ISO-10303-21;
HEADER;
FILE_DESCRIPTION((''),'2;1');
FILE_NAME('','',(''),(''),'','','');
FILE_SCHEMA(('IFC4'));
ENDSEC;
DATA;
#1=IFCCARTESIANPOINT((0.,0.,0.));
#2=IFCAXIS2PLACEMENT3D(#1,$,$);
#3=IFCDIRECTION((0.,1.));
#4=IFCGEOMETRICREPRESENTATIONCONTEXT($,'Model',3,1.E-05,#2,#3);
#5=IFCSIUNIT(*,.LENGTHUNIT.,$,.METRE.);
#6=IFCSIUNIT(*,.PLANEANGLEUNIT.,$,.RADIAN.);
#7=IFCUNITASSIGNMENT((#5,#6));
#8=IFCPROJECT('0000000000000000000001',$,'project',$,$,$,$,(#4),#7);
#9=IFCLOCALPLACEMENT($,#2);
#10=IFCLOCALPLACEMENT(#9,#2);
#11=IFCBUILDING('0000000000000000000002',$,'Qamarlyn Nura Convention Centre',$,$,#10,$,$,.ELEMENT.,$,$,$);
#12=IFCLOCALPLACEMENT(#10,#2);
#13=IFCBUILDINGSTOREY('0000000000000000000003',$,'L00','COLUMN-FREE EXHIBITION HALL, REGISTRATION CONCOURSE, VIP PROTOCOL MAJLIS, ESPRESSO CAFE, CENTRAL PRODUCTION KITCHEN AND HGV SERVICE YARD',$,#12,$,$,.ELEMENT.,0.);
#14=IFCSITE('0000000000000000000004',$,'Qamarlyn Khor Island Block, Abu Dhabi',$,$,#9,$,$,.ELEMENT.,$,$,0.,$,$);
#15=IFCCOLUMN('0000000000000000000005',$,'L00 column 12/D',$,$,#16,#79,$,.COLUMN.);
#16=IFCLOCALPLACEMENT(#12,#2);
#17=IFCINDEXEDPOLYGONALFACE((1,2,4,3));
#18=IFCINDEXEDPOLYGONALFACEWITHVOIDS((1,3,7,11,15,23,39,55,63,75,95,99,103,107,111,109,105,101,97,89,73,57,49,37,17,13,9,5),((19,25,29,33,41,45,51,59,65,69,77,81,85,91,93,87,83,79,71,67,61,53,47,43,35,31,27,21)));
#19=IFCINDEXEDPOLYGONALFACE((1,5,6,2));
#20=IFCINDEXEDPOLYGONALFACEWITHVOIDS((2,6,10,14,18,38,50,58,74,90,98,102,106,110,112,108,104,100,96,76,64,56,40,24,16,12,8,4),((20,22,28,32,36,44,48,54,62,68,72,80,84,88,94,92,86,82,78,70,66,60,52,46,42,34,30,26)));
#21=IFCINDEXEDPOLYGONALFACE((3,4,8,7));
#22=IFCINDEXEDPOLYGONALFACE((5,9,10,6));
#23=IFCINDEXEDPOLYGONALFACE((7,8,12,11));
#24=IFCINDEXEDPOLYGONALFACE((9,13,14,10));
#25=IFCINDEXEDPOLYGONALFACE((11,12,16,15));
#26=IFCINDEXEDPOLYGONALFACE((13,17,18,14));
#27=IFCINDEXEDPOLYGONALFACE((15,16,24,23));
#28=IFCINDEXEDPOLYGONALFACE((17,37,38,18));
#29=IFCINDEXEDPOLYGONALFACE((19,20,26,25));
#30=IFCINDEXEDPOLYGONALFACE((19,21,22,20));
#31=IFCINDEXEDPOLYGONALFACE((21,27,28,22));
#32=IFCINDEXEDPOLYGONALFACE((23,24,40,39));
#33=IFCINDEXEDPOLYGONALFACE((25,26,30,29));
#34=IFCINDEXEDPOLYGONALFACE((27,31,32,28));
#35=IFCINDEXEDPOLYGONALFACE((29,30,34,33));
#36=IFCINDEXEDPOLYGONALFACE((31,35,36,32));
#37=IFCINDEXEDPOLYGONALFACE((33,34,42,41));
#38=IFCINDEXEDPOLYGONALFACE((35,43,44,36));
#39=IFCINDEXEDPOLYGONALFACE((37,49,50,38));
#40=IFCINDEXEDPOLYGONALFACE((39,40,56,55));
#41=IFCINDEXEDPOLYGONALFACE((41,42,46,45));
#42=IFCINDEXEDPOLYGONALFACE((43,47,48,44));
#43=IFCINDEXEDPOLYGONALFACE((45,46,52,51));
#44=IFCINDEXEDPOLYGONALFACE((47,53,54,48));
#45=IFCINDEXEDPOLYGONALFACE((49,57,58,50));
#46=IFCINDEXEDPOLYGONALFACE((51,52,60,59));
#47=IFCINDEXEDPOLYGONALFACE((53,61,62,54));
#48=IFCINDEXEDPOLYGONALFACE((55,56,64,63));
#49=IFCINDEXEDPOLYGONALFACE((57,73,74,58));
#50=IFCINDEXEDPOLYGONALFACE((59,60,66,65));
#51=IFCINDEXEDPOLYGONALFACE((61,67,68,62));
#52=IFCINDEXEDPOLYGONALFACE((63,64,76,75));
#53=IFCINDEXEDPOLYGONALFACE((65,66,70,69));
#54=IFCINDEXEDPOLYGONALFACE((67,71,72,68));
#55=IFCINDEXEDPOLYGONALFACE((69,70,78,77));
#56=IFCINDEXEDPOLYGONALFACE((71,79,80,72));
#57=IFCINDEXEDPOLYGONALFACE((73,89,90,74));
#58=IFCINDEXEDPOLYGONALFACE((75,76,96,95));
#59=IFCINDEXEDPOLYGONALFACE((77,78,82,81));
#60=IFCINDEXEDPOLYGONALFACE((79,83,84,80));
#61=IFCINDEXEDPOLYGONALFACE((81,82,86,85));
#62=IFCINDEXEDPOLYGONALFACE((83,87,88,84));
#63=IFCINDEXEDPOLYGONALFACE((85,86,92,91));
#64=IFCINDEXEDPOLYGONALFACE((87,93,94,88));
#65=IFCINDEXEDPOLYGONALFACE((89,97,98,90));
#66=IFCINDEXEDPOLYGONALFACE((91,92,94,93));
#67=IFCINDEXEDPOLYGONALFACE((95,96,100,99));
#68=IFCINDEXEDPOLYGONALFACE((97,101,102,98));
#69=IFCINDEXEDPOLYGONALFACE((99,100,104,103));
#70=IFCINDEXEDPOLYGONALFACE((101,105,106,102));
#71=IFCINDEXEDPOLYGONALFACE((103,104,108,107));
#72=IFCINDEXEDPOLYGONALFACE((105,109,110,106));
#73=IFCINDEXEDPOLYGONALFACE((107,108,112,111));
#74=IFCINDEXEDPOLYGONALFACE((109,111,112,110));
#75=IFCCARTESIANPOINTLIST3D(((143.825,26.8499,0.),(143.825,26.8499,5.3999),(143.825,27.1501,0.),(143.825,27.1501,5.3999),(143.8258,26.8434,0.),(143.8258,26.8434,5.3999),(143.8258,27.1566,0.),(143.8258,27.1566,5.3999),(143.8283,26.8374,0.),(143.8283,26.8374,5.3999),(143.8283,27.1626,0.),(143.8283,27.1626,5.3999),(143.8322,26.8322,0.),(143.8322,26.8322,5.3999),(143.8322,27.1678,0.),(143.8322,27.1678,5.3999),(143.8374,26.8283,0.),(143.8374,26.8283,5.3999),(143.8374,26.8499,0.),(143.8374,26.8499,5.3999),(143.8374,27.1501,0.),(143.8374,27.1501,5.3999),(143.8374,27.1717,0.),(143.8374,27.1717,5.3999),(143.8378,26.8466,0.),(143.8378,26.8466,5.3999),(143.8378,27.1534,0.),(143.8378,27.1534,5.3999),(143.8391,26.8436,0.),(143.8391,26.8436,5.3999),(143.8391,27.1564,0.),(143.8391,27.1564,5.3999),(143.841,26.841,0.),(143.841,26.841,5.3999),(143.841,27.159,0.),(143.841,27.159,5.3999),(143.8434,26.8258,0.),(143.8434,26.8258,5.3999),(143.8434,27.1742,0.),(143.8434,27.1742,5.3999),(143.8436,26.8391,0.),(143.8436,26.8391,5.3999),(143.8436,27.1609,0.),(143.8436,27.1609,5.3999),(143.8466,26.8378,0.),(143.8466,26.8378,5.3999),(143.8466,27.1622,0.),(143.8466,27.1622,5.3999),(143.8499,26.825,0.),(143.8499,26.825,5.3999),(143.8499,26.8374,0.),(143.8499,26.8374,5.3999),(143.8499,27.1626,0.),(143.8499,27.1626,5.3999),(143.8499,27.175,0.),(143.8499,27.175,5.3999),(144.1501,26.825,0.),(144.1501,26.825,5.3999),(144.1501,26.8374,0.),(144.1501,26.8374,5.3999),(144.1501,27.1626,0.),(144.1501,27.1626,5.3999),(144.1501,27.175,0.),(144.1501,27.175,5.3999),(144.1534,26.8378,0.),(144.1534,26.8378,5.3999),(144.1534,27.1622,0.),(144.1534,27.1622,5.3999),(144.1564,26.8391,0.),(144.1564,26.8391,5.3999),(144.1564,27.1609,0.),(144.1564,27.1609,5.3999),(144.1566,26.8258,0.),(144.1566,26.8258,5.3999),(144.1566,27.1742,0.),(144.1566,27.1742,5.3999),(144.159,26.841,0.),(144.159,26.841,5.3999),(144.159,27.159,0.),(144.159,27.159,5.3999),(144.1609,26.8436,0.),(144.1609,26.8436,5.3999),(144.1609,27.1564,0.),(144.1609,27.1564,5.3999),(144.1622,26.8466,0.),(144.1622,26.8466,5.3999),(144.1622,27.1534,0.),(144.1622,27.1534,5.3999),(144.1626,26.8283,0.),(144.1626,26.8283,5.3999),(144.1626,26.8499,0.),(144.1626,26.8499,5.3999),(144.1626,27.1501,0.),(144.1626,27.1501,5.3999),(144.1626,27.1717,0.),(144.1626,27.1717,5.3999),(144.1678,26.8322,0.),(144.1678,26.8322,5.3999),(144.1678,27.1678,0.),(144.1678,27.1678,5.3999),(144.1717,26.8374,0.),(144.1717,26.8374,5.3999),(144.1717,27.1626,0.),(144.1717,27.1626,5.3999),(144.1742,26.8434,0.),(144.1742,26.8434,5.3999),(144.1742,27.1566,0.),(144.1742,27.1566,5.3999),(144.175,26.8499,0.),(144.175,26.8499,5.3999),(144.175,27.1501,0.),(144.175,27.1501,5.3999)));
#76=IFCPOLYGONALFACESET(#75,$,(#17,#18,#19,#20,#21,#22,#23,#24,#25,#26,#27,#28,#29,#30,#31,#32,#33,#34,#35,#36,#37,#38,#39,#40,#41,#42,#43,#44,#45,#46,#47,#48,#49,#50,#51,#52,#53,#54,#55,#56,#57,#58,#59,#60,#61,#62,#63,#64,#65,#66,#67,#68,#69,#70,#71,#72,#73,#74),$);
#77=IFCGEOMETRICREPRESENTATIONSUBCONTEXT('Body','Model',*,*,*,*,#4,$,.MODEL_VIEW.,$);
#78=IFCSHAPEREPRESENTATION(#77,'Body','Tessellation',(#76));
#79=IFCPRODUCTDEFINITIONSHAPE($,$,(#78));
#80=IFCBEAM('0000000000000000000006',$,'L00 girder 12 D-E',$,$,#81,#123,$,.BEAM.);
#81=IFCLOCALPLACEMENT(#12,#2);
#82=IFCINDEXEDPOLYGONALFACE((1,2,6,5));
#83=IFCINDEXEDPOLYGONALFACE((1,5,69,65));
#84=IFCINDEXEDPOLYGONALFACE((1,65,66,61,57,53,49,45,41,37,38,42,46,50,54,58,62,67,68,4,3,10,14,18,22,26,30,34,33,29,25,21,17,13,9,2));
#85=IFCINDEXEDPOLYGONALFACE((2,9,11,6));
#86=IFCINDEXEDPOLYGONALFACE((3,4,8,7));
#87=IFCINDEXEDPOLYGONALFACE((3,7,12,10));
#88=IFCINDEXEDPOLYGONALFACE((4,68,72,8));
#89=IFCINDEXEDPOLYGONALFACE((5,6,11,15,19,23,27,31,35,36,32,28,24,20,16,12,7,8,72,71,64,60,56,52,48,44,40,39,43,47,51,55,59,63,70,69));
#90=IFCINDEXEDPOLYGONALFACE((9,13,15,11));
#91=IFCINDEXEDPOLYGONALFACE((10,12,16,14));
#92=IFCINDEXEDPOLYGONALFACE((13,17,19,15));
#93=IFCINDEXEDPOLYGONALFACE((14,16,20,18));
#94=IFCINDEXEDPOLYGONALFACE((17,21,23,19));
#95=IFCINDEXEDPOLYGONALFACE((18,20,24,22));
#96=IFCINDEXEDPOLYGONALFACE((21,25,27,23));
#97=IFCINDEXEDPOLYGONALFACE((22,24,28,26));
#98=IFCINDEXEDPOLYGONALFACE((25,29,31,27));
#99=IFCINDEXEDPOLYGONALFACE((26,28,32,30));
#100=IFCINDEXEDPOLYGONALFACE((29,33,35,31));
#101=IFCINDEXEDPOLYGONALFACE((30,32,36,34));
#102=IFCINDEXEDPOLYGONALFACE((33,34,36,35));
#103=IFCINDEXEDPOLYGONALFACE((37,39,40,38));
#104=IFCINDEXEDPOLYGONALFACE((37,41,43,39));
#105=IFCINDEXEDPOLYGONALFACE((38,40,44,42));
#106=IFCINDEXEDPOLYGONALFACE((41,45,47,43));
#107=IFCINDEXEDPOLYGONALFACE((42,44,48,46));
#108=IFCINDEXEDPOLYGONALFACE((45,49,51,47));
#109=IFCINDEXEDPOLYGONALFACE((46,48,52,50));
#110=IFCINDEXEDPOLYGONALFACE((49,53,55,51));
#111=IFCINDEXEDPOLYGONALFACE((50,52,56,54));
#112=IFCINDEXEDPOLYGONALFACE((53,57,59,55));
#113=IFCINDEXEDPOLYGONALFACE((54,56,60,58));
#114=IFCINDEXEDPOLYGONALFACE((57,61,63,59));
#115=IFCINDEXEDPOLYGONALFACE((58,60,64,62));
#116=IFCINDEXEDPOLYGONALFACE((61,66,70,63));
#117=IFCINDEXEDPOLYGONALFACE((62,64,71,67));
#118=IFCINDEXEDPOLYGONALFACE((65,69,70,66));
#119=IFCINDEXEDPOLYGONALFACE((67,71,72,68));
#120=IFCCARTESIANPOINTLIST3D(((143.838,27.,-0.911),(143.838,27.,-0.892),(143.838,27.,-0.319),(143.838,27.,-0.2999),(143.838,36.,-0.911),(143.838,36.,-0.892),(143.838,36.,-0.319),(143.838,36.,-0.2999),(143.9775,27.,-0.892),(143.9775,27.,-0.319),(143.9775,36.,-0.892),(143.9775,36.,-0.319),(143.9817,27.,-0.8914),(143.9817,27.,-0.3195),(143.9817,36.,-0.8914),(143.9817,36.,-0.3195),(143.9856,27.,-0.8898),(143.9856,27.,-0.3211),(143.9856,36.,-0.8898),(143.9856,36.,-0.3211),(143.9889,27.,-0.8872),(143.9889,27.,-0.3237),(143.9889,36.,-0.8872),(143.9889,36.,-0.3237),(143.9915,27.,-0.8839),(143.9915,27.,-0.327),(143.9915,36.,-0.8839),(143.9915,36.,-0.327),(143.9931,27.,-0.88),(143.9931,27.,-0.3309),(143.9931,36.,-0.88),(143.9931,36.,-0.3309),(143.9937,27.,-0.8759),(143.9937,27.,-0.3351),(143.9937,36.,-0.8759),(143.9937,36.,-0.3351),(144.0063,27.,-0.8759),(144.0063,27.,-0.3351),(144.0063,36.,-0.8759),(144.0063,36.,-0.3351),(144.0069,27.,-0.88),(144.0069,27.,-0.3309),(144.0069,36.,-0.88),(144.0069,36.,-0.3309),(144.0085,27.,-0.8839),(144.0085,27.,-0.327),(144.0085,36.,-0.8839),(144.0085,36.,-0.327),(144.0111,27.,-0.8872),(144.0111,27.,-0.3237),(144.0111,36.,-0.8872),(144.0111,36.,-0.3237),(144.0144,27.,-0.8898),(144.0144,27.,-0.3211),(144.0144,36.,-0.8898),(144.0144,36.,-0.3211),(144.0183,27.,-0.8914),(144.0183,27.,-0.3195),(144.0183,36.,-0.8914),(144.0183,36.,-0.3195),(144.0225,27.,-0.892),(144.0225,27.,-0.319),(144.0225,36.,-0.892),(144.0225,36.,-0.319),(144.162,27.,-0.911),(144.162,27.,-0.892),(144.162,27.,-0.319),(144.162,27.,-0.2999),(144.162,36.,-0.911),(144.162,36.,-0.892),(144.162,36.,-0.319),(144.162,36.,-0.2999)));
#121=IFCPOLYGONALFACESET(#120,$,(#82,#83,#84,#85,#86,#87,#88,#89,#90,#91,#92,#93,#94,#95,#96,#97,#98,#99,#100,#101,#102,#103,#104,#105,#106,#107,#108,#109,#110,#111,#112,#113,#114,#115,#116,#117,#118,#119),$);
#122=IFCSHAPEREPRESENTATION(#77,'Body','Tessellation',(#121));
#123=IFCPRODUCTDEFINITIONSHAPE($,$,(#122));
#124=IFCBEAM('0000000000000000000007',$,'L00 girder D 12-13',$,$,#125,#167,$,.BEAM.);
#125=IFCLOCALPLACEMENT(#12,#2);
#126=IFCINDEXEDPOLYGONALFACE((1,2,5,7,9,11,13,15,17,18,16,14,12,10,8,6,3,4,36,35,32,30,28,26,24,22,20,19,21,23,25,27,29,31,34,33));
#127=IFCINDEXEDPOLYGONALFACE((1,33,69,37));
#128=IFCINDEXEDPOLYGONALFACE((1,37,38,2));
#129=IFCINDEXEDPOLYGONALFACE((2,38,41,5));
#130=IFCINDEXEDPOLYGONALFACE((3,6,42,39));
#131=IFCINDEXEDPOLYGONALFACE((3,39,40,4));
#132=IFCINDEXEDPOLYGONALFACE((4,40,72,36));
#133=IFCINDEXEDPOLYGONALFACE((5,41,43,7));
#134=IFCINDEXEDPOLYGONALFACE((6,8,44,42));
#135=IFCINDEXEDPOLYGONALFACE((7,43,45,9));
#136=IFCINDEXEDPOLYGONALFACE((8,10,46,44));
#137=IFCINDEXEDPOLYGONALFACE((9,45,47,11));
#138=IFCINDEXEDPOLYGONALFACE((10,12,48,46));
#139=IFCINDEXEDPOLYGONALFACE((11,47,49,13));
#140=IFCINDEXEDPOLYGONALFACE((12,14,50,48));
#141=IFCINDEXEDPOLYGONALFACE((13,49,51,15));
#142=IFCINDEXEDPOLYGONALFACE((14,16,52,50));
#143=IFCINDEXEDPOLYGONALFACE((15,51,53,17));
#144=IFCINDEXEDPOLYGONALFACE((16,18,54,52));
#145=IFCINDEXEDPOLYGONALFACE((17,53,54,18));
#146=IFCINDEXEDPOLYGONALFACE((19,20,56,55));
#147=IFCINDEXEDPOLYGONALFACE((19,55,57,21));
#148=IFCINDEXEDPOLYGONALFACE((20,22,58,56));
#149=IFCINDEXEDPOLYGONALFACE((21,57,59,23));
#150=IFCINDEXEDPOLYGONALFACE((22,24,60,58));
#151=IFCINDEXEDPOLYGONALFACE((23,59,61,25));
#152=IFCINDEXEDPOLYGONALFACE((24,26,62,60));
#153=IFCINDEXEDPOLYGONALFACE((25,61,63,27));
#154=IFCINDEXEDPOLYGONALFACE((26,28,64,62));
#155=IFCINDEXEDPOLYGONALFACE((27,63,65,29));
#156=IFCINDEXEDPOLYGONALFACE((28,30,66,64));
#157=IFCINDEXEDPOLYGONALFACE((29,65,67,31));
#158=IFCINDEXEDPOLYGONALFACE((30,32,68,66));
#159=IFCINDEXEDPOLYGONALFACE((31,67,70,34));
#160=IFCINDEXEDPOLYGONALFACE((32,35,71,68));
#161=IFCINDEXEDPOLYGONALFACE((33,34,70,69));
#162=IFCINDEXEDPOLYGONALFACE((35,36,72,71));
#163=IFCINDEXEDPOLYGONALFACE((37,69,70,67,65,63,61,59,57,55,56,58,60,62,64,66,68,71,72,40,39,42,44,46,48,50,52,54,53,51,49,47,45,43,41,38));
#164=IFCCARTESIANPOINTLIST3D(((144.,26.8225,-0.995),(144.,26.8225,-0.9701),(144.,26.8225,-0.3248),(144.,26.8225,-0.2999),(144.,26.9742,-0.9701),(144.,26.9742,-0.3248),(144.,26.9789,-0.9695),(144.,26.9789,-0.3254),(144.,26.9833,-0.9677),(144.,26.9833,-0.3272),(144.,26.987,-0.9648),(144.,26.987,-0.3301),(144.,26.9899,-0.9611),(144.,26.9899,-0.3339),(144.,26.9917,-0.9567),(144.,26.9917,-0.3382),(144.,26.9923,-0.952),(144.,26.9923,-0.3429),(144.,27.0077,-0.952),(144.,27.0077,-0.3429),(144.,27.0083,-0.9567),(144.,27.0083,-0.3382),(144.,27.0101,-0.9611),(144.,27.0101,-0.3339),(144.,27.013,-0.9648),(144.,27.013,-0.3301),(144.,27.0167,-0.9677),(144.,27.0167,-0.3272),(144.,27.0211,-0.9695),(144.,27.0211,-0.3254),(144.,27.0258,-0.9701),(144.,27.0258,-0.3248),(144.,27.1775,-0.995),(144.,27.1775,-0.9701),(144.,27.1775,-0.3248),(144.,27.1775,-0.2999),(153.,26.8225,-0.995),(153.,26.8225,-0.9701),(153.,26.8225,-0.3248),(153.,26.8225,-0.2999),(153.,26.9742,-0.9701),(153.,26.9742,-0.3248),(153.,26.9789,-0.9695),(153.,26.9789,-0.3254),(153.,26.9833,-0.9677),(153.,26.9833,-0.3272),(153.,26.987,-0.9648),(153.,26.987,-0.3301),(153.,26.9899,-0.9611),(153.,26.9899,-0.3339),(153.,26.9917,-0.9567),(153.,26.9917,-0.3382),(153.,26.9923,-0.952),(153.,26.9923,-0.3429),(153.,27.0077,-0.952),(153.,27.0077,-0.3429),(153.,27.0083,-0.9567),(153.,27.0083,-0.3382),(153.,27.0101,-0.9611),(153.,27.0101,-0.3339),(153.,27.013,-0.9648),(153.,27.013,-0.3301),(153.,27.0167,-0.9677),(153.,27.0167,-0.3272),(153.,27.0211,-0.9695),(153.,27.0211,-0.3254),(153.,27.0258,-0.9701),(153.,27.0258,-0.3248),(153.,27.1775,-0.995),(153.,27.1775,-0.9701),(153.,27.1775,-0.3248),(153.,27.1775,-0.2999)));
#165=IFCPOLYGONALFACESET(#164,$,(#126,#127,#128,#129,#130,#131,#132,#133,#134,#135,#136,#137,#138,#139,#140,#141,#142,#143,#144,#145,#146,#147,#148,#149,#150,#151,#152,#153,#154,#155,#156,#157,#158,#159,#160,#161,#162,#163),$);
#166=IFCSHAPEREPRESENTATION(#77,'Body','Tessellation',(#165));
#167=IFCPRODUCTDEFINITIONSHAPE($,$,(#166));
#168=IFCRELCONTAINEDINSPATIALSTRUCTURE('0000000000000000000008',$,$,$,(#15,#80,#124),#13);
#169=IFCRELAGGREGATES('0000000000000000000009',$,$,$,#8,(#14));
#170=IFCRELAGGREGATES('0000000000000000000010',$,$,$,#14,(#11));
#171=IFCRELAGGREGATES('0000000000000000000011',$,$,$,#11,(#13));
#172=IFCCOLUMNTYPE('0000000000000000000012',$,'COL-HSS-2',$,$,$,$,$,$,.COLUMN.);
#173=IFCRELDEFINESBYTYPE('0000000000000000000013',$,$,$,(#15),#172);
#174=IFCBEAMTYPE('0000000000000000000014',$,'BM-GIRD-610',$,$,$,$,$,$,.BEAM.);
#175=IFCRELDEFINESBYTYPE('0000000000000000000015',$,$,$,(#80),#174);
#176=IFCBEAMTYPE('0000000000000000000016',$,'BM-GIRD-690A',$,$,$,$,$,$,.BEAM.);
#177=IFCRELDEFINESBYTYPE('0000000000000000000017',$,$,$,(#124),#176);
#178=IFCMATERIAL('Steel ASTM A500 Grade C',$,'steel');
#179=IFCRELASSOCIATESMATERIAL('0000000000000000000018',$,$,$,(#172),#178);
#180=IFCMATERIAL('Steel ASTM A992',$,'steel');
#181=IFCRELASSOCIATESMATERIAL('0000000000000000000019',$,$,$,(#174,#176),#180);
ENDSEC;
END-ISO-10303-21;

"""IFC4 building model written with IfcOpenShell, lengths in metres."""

from ifc_helpers import new_model, si_unit, direction, frame, origin, origin_2d, place, context, subcontext, project, spatial, hollow_rectangle, i_section, extrude, material, material_profile, profile_set, type_object, element, save


model = new_model("IFC4")

# Units and contexts
model_context = context("Model", 3, precision=1e-05, world=origin(), true_north=direction((0.0, 1.0)))
body_context = subcontext(model_context, "Body", "Model", "MODEL_VIEW")
ifc_project = project(units=[si_unit("LENGTHUNIT", "METRE"), si_unit("PLANEANGLEUNIT", "RADIAN")], contexts=[model_context])

# Site, building, storey
site_placement = place(None, origin())
site = spatial("IfcSite", under=ifc_project, at=site_placement, Name="Qamarlyn Khor Island Block, Abu Dhabi", CompositionType="ELEMENT", RefElevation=0.0)
building_placement = place(site_placement, origin())
building = spatial("IfcBuilding", under=site, at=building_placement, Name="Qamarlyn Nura Convention Centre", CompositionType="ELEMENT")
storey_placement = place(building_placement, origin())
storey = spatial("IfcBuildingStorey", under=building, at=storey_placement, Name="L00", Description="COLUMN-FREE EXHIBITION HALL, REGISTRATION CONCOURSE, VIP PROTOCOL MAJLIS, ESPRESSO CAFE, CENTRAL PRODUCTION KITCHEN AND HGV SERVICE YARD", CompositionType="ELEMENT", Elevation=0.0)

# Column
ifc_material_1 = material(Name="Steel ASTM A500 Grade C", Category="steel")
ifc_material_profile_1 = material_profile(ifc_material_1, hollow_rectangle(XDim=0.3501, YDim=0.3501, WallThickness=0.0125, InnerFilletRadius=0.0125, OuterFilletRadius=0.0249, at=origin_2d()), Name="HSS350X350X12.5")
ifc_profile_set_1 = profile_set([ifc_material_profile_1], Name="Steel ASTM A500 Grade C")
column_type = type_object("IfcColumnType", Name="COL-HSS-2", PredefinedType="COLUMN", material=ifc_profile_set_1)
column_placement = place(storey_placement, frame((144.0, 27.0, 0.0), z_axis=(0.0, 0.0, 1.0), x_axis=(1.0, 0.0, 0.0)))
element("IfcColumn", 1, at=column_placement, inside=storey, type_object=column_type, Name="L00 column 12/D", PredefinedType="COLUMN", context=body_context, shape_type="SweptSolid", body=[
    extrude(hollow_rectangle(XDim=0.3501, YDim=0.3501, WallThickness=0.0125, InnerFilletRadius=0.0125, OuterFilletRadius=0.0249, at=origin_2d()), origin(), (0.0, 0.0, 1.0), 5.3999),
])

# Beams
ifc_material_2 = material(Name="Steel ASTM A992", Category="steel")
ifc_material_profile_2 = material_profile(ifc_material_2, i_section(OverallWidth=0.324, OverallDepth=0.6111, WebThickness=0.0127, FlangeThickness=0.019, FilletRadius=0.0161, at=origin_2d()), Name="W610X155")
ifc_profile_set_2 = profile_set([ifc_material_profile_2], Name="Steel ASTM A992")
beam_type_1 = type_object("IfcBeamType", Name="BM-GIRD-610", PredefinedType="BEAM", material=ifc_profile_set_2)
beam_1_placement = place(storey_placement, frame((144.0, 27.0, -0.6055), z_axis=(0.0, 1.0, 0.0), x_axis=(-1.0, 0.0, 0.0)))
element("IfcBeam", 2, at=beam_1_placement, inside=storey, type_object=beam_type_1, Name="L00 girder 12 D-E", PredefinedType="BEAM", context=body_context, shape_type="SweptSolid", body=[
    extrude(i_section(OverallWidth=0.324, OverallDepth=0.6111, WebThickness=0.0127, FlangeThickness=0.019, FilletRadius=0.0161, at=origin_2d()), origin(), (0.0, 0.0, 1.0), 9.0),
])
ifc_material_profile_3 = material_profile(ifc_material_2, i_section(OverallWidth=0.355, OverallDepth=0.6951, WebThickness=0.0154, FlangeThickness=0.0249, FilletRadius=0.0181, at=origin_2d()), Name="W690X217")
ifc_profile_set_3 = profile_set([ifc_material_profile_3], Name="Steel ASTM A992")
beam_type_2 = type_object("IfcBeamType", Name="BM-GIRD-690A", PredefinedType="BEAM", material=ifc_profile_set_3)
beam_2_placement = place(storey_placement, frame((144.0, 27.0, -0.6475), z_axis=(1.0, 0.0, 0.0), x_axis=(0.0, 1.0, 0.0)))
element("IfcBeam", 3, at=beam_2_placement, inside=storey, type_object=beam_type_2, Name="L00 girder D 12-13", PredefinedType="BEAM", context=body_context, shape_type="SweptSolid", body=[
    extrude(i_section(OverallWidth=0.355, OverallDepth=0.6951, WebThickness=0.0154, FlangeThickness=0.0249, FilletRadius=0.0181, at=origin_2d()), origin(), (0.0, 0.0, 1.0), 9.0),
])

save(model, "model.ifc")
